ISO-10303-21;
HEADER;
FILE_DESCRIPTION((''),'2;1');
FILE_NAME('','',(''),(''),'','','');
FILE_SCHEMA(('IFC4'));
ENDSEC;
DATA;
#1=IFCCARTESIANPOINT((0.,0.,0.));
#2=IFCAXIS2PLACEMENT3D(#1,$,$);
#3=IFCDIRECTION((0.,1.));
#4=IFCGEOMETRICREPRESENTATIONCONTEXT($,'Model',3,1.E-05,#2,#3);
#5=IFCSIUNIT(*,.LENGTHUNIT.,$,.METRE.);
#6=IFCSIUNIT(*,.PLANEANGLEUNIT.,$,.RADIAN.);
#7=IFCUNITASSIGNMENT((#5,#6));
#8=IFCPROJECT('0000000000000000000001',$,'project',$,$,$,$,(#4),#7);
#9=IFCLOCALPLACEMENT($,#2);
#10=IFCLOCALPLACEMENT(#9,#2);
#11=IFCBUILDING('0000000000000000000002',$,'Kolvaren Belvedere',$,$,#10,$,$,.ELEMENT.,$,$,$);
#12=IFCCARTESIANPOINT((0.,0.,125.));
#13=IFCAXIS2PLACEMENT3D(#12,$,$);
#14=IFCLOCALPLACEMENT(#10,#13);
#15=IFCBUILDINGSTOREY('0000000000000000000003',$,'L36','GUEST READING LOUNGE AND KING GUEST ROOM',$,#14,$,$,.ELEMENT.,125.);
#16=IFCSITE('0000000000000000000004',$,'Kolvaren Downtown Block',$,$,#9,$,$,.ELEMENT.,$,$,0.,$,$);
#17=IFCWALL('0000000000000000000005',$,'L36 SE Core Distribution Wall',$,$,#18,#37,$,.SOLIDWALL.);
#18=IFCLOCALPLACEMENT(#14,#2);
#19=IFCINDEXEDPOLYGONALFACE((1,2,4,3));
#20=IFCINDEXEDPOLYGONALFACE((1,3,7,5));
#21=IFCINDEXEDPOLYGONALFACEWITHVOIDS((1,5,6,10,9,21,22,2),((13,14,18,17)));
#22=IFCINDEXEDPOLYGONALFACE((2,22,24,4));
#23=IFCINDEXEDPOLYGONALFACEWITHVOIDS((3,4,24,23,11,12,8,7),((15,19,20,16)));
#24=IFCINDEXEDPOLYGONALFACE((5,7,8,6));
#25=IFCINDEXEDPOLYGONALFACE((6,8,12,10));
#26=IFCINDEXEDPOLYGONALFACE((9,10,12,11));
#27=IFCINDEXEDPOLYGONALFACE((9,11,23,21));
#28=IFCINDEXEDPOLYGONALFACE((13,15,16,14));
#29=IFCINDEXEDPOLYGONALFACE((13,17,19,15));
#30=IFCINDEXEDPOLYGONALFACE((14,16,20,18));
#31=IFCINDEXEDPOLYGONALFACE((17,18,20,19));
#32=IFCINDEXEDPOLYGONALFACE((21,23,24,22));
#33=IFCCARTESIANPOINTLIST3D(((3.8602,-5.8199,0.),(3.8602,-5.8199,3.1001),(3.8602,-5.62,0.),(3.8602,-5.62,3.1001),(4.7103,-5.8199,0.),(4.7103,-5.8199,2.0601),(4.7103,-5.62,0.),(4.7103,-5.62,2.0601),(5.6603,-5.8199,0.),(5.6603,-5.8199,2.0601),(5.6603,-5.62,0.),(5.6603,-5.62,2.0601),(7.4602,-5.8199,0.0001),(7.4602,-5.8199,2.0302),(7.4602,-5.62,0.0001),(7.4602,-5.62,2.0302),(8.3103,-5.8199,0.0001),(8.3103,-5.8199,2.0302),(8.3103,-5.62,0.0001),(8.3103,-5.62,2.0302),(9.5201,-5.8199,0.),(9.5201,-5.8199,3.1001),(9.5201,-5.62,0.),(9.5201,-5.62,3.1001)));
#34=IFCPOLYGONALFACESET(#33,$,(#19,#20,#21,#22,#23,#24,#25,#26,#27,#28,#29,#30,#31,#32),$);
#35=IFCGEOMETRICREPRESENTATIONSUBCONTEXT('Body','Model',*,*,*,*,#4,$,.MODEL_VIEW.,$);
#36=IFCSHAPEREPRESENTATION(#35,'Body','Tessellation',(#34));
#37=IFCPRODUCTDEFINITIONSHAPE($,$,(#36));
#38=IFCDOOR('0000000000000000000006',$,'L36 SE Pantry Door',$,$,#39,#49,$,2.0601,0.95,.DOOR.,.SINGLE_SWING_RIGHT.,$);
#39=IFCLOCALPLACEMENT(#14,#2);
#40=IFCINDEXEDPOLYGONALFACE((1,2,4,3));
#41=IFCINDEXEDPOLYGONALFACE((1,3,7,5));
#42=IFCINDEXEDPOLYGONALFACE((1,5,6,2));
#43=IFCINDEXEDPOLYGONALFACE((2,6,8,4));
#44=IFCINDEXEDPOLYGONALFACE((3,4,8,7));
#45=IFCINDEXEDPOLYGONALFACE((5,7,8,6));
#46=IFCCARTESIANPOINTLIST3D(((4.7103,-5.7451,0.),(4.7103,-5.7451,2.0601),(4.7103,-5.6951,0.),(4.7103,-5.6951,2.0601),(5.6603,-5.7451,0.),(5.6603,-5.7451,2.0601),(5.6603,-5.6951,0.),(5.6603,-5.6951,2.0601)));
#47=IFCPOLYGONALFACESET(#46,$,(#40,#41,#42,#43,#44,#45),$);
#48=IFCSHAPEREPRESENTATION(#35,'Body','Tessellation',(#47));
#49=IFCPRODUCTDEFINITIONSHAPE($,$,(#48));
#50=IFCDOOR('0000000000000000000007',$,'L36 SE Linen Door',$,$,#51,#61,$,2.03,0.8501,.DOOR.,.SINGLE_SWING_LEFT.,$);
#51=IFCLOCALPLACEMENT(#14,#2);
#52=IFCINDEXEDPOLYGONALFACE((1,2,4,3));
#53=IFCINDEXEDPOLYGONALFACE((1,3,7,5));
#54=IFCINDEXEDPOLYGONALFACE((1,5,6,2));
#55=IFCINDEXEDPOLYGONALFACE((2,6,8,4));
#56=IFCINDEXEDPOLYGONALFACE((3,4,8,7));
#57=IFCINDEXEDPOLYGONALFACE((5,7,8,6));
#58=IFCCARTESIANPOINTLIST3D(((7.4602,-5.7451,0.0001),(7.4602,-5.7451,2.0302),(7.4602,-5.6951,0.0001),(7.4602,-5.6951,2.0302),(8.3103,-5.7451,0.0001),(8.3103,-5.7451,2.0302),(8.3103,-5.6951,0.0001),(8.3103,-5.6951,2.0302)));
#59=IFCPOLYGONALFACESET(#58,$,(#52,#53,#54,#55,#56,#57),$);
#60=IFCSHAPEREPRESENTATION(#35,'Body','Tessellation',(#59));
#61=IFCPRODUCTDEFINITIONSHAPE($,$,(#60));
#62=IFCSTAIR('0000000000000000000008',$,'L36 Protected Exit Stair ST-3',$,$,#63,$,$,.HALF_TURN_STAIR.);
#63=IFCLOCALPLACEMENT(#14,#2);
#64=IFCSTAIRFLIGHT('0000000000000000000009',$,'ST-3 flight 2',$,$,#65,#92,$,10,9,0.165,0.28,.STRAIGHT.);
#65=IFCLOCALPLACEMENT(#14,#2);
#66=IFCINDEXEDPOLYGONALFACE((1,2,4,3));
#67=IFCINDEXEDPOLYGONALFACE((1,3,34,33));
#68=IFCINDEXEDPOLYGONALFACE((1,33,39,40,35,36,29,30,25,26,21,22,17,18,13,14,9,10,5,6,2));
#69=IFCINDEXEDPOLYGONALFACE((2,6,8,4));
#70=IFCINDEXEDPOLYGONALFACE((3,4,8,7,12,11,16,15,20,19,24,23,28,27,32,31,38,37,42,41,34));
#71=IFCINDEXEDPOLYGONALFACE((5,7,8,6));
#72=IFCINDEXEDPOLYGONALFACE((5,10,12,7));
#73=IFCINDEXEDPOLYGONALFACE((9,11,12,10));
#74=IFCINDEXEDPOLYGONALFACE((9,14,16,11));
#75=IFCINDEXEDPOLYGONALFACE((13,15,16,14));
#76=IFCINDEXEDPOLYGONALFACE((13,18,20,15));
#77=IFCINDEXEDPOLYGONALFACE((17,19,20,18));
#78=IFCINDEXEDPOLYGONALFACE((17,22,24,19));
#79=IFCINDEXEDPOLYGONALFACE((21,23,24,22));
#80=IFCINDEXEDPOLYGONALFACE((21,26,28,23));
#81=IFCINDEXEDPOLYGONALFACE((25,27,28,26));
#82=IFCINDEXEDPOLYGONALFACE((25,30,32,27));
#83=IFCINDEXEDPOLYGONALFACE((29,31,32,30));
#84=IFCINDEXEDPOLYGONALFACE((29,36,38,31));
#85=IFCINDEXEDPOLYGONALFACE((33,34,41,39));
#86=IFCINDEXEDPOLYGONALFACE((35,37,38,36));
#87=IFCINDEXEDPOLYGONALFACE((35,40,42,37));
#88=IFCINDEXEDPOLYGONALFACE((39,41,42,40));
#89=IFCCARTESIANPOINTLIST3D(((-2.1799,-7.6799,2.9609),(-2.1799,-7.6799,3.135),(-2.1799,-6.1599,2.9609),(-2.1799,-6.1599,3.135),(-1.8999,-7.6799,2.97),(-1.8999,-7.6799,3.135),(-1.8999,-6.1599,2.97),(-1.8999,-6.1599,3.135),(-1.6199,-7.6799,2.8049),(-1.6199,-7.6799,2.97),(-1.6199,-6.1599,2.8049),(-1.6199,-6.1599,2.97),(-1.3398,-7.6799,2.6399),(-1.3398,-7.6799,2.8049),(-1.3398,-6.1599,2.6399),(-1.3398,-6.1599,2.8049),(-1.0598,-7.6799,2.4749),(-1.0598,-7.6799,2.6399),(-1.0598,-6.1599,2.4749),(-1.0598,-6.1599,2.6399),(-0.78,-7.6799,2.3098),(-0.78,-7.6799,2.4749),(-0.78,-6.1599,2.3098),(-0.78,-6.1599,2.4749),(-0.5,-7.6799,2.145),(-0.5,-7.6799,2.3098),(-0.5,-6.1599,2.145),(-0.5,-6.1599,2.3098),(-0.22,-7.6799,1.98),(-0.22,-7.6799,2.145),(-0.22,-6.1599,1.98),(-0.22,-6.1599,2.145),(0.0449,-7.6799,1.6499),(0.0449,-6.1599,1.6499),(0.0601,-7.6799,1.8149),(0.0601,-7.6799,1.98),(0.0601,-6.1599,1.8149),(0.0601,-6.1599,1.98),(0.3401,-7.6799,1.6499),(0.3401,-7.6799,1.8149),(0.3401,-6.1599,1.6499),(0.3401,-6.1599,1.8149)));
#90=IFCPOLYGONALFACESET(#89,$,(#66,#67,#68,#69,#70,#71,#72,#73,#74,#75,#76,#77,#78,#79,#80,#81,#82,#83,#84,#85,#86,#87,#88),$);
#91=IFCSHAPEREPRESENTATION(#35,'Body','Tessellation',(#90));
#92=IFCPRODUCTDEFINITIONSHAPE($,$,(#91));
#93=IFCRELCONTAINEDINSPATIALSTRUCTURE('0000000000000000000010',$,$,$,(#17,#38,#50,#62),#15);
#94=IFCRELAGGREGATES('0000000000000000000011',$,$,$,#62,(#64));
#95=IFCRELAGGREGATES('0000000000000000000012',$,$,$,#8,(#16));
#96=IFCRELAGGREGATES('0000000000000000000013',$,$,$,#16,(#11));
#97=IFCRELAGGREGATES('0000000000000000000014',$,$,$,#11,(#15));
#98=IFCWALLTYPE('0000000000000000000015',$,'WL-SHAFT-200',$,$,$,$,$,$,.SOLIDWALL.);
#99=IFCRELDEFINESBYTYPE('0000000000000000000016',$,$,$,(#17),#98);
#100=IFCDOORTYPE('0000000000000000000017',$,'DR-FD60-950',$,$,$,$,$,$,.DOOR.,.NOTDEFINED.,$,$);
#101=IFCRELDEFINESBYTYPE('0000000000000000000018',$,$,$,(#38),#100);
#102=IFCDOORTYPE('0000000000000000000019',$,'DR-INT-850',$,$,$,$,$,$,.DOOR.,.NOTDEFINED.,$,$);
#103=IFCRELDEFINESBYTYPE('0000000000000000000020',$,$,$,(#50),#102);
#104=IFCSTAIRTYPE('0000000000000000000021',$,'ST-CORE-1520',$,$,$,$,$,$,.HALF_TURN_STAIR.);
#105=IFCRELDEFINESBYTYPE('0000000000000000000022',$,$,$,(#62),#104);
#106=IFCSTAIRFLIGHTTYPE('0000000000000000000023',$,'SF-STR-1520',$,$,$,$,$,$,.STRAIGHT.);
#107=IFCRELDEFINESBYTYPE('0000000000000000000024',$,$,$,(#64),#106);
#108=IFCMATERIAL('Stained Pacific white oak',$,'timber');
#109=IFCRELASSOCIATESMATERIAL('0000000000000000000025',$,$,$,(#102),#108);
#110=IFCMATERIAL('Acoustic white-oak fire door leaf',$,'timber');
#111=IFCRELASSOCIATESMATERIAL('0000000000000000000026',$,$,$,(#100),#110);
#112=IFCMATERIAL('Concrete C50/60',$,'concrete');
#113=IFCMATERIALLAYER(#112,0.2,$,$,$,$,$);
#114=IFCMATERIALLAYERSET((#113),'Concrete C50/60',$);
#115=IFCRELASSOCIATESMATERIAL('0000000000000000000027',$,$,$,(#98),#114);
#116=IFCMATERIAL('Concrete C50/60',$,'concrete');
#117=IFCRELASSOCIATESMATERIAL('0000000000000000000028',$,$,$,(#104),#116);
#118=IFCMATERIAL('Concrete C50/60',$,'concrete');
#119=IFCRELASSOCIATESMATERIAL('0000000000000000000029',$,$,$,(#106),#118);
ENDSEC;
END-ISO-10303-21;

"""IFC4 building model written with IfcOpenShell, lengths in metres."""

from ifc_helpers import new_model, si_unit, direction, frame, frame_2d, origin, place, context, subcontext, project, spatial, polyline, rectangle, outline, extrude, material, layer, layer_set, type_object, element, fill, aggregate, save


model = new_model("IFC4")

# Units and contexts
model_context = context("Model", 3, precision=1e-05, world=origin(), true_north=direction((0.0, 1.0)))
body_context = subcontext(model_context, "Body", "Model", "MODEL_VIEW")
ifc_project = project(units=[si_unit("LENGTHUNIT", "METRE"), si_unit("PLANEANGLEUNIT", "RADIAN")], contexts=[model_context])

# Site, building, storey
site_placement = place(None, origin())
site = spatial("IfcSite", under=ifc_project, at=site_placement, Name="Kolvaren Downtown Block", CompositionType="ELEMENT", RefElevation=0.0)
building_placement = place(site_placement, origin())
building = spatial("IfcBuilding", under=site, at=building_placement, Name="Kolvaren Belvedere", CompositionType="ELEMENT")
storey_placement = place(building_placement, frame((0.0, 0.0, 125.0)))
storey = spatial("IfcBuildingStorey", under=building, at=storey_placement, Name="L36", Description="GUEST READING LOUNGE AND KING GUEST ROOM", CompositionType="ELEMENT", Elevation=125.0)

# Shared definitions
ifc_material_1 = material(Name="Stained Pacific white oak", Category="timber")
door_type_1 = type_object("IfcDoorType", Name="DR-INT-850", OperationType="NOTDEFINED", PredefinedType="DOOR", material=ifc_material_1)

# Shared definitions
ifc_material_2 = material(Name="Acoustic white-oak fire door leaf", Category="timber")
door_type_2 = type_object("IfcDoorType", Name="DR-FD60-950", OperationType="NOTDEFINED", PredefinedType="DOOR", material=ifc_material_2)

# Wall, openings, doors
ifc_material_3 = material(Name="Concrete C50/60", Category="concrete")
ifc_layer_1 = layer(ifc_material_3, 0.2)
ifc_layer_set_1 = layer_set([ifc_layer_1], Name="Concrete C50/60")
wall_type_1 = type_object("IfcWallType", Name="WL-SHAFT-200", PredefinedType="SOLIDWALL", material=ifc_layer_set_1)
wall_1_placement = place(storey_placement, frame((3.8601, -5.72, 0.0), z_axis=(0.0, 0.0, 1.0), x_axis=(1.0, 0.0, 0.0)))
wall_1 = element("IfcWall", 1, at=wall_1_placement, inside=storey, type_object=wall_type_1, Name="L36 SE Core Distribution Wall", PredefinedType="SOLIDWALL", context=body_context, shape_type="SweptSolid", body=[
    extrude(rectangle(XDim=5.6599, YDim=0.2, at=frame_2d((2.8301, 0.0))), origin(), (0.0, 0.0, 1.0), 3.1001),
])
opening_1_placement = place(wall_1_placement, frame((0.8501, 0.0, 0.0)))
opening_1 = element("IfcOpeningElement", 2, at=opening_1_placement, cuts=wall_1, PredefinedType="OPENING", context=body_context, shape_type="SweptSolid", body=[
    extrude(rectangle(XDim=0.95, YDim=2.0601, at=frame_2d((0.4751, 1.03))), frame((0.0, 0.1099, 0.0), z_axis=(0.0, -1.0, 0.0), x_axis=(1.0, 0.0, 0.0)), (0.0, 0.0, 1.0), 0.22),
])
opening_2_placement = place(wall_1_placement, frame((3.6001, 0.0, 0.0)))
opening_2 = element("IfcOpeningElement", 3, at=opening_2_placement, cuts=wall_1, PredefinedType="OPENING", context=body_context, shape_type="SweptSolid", body=[
    extrude(rectangle(XDim=0.8501, YDim=2.03, at=frame_2d((0.425, 1.0151))), frame((0.0, 0.1099, 0.0), z_axis=(0.0, -1.0, 0.0), x_axis=(1.0, 0.0, 0.0)), (0.0, 0.0, 1.0), 0.22),
])
door_1_placement = place(opening_1_placement, origin())
door_1 = element("IfcDoor", 4, at=door_1_placement, inside=storey, type_object=door_type_2, Name="L36 SE Pantry Door", OperationType="SINGLE_SWING_RIGHT", OverallHeight=2.0601, OverallWidth=0.95, PredefinedType="DOOR", context=body_context, shape_type="SweptSolid", body=[
    extrude(rectangle(XDim=0.95, YDim=2.0601, at=frame_2d((0.4751, 1.03))), frame((0.0, 0.0249, 0.0), z_axis=(0.0, -1.0, 0.0), x_axis=(1.0, 0.0, 0.0)), (0.0, 0.0, 1.0), 0.05),
])
fill(opening_1, door_1)
door_2_placement = place(opening_2_placement, origin())
door_2 = element("IfcDoor", 5, at=door_2_placement, inside=storey, type_object=door_type_1, Name="L36 SE Linen Door", OperationType="SINGLE_SWING_LEFT", OverallHeight=2.03, OverallWidth=0.8501, PredefinedType="DOOR", context=body_context, shape_type="SweptSolid", body=[
    extrude(rectangle(XDim=0.8501, YDim=2.03, at=frame_2d((0.425, 1.0151))), frame((0.0, 0.0249, 0.0), z_axis=(0.0, -1.0, 0.0), x_axis=(1.0, 0.0, 0.0)), (0.0, 0.0, 1.0), 0.05),
])
fill(opening_2, door_2)

# Stair, stair flight
ifc_material_4 = material(Name="Concrete C50/60", Category="concrete")
stair_type = type_object("IfcStairType", Name="ST-CORE-1520", PredefinedType="HALF_TURN_STAIR", material=ifc_material_4)
stair_placement = place(storey_placement, origin())
stair = element("IfcStair", 6, at=stair_placement, inside=storey, type_object=stair_type, Name="L36 Protected Exit Stair ST-3", PredefinedType="HALF_TURN_STAIR")
ifc_material_5 = material(Name="Concrete C50/60", Category="concrete")
stair_flight_type = type_object("IfcStairFlightType", Name="SF-STR-1520", PredefinedType="STRAIGHT", material=ifc_material_5)
stair_flight_placement = place(storey_placement, frame((0.3401, -6.9199, 1.6499), z_axis=(0.0, 0.0, 1.0), x_axis=(-1.0, 0.0, 0.0)))
stair_flight = element("IfcStairFlight", 7, at=stair_flight_placement, type_object=stair_flight_type, Name="ST-3 flight 2", NumberOfRisers=10, NumberOfTreads=9, PredefinedType="STRAIGHT", RiserHeight=0.165, TreadLength=0.28, context=body_context, shape_type="SweptSolid", body=[
    extrude(outline(polyline([(0.0, 0.0), (0.0, 0.165), (0.28, 0.165), (0.28, 0.3301), (0.5601, 0.3301), (0.5601, 0.4951), (0.8401, 0.4951), (0.8401, 0.6599), (1.1201, 0.6599), (1.1201, 0.825), (1.3999, 0.825), (1.3999, 0.99), (1.6799, 0.99), (1.6799, 1.155), (1.96, 1.155), (1.96, 1.3201), (2.24, 1.3201), (2.24, 1.4851), (2.52, 1.4851), (2.52, 1.6499), (2.52, 1.311), (0.2952, 0.0), (0.0, 0.0)])), frame((0.0, 0.76, 0.0), z_axis=(0.0, -1.0, 0.0), x_axis=(1.0, 0.0, 0.0)), (0.0, 0.0, 1.0), 1.52),
])
aggregate(stair, [stair_flight])

save(model, "model.ifc")
